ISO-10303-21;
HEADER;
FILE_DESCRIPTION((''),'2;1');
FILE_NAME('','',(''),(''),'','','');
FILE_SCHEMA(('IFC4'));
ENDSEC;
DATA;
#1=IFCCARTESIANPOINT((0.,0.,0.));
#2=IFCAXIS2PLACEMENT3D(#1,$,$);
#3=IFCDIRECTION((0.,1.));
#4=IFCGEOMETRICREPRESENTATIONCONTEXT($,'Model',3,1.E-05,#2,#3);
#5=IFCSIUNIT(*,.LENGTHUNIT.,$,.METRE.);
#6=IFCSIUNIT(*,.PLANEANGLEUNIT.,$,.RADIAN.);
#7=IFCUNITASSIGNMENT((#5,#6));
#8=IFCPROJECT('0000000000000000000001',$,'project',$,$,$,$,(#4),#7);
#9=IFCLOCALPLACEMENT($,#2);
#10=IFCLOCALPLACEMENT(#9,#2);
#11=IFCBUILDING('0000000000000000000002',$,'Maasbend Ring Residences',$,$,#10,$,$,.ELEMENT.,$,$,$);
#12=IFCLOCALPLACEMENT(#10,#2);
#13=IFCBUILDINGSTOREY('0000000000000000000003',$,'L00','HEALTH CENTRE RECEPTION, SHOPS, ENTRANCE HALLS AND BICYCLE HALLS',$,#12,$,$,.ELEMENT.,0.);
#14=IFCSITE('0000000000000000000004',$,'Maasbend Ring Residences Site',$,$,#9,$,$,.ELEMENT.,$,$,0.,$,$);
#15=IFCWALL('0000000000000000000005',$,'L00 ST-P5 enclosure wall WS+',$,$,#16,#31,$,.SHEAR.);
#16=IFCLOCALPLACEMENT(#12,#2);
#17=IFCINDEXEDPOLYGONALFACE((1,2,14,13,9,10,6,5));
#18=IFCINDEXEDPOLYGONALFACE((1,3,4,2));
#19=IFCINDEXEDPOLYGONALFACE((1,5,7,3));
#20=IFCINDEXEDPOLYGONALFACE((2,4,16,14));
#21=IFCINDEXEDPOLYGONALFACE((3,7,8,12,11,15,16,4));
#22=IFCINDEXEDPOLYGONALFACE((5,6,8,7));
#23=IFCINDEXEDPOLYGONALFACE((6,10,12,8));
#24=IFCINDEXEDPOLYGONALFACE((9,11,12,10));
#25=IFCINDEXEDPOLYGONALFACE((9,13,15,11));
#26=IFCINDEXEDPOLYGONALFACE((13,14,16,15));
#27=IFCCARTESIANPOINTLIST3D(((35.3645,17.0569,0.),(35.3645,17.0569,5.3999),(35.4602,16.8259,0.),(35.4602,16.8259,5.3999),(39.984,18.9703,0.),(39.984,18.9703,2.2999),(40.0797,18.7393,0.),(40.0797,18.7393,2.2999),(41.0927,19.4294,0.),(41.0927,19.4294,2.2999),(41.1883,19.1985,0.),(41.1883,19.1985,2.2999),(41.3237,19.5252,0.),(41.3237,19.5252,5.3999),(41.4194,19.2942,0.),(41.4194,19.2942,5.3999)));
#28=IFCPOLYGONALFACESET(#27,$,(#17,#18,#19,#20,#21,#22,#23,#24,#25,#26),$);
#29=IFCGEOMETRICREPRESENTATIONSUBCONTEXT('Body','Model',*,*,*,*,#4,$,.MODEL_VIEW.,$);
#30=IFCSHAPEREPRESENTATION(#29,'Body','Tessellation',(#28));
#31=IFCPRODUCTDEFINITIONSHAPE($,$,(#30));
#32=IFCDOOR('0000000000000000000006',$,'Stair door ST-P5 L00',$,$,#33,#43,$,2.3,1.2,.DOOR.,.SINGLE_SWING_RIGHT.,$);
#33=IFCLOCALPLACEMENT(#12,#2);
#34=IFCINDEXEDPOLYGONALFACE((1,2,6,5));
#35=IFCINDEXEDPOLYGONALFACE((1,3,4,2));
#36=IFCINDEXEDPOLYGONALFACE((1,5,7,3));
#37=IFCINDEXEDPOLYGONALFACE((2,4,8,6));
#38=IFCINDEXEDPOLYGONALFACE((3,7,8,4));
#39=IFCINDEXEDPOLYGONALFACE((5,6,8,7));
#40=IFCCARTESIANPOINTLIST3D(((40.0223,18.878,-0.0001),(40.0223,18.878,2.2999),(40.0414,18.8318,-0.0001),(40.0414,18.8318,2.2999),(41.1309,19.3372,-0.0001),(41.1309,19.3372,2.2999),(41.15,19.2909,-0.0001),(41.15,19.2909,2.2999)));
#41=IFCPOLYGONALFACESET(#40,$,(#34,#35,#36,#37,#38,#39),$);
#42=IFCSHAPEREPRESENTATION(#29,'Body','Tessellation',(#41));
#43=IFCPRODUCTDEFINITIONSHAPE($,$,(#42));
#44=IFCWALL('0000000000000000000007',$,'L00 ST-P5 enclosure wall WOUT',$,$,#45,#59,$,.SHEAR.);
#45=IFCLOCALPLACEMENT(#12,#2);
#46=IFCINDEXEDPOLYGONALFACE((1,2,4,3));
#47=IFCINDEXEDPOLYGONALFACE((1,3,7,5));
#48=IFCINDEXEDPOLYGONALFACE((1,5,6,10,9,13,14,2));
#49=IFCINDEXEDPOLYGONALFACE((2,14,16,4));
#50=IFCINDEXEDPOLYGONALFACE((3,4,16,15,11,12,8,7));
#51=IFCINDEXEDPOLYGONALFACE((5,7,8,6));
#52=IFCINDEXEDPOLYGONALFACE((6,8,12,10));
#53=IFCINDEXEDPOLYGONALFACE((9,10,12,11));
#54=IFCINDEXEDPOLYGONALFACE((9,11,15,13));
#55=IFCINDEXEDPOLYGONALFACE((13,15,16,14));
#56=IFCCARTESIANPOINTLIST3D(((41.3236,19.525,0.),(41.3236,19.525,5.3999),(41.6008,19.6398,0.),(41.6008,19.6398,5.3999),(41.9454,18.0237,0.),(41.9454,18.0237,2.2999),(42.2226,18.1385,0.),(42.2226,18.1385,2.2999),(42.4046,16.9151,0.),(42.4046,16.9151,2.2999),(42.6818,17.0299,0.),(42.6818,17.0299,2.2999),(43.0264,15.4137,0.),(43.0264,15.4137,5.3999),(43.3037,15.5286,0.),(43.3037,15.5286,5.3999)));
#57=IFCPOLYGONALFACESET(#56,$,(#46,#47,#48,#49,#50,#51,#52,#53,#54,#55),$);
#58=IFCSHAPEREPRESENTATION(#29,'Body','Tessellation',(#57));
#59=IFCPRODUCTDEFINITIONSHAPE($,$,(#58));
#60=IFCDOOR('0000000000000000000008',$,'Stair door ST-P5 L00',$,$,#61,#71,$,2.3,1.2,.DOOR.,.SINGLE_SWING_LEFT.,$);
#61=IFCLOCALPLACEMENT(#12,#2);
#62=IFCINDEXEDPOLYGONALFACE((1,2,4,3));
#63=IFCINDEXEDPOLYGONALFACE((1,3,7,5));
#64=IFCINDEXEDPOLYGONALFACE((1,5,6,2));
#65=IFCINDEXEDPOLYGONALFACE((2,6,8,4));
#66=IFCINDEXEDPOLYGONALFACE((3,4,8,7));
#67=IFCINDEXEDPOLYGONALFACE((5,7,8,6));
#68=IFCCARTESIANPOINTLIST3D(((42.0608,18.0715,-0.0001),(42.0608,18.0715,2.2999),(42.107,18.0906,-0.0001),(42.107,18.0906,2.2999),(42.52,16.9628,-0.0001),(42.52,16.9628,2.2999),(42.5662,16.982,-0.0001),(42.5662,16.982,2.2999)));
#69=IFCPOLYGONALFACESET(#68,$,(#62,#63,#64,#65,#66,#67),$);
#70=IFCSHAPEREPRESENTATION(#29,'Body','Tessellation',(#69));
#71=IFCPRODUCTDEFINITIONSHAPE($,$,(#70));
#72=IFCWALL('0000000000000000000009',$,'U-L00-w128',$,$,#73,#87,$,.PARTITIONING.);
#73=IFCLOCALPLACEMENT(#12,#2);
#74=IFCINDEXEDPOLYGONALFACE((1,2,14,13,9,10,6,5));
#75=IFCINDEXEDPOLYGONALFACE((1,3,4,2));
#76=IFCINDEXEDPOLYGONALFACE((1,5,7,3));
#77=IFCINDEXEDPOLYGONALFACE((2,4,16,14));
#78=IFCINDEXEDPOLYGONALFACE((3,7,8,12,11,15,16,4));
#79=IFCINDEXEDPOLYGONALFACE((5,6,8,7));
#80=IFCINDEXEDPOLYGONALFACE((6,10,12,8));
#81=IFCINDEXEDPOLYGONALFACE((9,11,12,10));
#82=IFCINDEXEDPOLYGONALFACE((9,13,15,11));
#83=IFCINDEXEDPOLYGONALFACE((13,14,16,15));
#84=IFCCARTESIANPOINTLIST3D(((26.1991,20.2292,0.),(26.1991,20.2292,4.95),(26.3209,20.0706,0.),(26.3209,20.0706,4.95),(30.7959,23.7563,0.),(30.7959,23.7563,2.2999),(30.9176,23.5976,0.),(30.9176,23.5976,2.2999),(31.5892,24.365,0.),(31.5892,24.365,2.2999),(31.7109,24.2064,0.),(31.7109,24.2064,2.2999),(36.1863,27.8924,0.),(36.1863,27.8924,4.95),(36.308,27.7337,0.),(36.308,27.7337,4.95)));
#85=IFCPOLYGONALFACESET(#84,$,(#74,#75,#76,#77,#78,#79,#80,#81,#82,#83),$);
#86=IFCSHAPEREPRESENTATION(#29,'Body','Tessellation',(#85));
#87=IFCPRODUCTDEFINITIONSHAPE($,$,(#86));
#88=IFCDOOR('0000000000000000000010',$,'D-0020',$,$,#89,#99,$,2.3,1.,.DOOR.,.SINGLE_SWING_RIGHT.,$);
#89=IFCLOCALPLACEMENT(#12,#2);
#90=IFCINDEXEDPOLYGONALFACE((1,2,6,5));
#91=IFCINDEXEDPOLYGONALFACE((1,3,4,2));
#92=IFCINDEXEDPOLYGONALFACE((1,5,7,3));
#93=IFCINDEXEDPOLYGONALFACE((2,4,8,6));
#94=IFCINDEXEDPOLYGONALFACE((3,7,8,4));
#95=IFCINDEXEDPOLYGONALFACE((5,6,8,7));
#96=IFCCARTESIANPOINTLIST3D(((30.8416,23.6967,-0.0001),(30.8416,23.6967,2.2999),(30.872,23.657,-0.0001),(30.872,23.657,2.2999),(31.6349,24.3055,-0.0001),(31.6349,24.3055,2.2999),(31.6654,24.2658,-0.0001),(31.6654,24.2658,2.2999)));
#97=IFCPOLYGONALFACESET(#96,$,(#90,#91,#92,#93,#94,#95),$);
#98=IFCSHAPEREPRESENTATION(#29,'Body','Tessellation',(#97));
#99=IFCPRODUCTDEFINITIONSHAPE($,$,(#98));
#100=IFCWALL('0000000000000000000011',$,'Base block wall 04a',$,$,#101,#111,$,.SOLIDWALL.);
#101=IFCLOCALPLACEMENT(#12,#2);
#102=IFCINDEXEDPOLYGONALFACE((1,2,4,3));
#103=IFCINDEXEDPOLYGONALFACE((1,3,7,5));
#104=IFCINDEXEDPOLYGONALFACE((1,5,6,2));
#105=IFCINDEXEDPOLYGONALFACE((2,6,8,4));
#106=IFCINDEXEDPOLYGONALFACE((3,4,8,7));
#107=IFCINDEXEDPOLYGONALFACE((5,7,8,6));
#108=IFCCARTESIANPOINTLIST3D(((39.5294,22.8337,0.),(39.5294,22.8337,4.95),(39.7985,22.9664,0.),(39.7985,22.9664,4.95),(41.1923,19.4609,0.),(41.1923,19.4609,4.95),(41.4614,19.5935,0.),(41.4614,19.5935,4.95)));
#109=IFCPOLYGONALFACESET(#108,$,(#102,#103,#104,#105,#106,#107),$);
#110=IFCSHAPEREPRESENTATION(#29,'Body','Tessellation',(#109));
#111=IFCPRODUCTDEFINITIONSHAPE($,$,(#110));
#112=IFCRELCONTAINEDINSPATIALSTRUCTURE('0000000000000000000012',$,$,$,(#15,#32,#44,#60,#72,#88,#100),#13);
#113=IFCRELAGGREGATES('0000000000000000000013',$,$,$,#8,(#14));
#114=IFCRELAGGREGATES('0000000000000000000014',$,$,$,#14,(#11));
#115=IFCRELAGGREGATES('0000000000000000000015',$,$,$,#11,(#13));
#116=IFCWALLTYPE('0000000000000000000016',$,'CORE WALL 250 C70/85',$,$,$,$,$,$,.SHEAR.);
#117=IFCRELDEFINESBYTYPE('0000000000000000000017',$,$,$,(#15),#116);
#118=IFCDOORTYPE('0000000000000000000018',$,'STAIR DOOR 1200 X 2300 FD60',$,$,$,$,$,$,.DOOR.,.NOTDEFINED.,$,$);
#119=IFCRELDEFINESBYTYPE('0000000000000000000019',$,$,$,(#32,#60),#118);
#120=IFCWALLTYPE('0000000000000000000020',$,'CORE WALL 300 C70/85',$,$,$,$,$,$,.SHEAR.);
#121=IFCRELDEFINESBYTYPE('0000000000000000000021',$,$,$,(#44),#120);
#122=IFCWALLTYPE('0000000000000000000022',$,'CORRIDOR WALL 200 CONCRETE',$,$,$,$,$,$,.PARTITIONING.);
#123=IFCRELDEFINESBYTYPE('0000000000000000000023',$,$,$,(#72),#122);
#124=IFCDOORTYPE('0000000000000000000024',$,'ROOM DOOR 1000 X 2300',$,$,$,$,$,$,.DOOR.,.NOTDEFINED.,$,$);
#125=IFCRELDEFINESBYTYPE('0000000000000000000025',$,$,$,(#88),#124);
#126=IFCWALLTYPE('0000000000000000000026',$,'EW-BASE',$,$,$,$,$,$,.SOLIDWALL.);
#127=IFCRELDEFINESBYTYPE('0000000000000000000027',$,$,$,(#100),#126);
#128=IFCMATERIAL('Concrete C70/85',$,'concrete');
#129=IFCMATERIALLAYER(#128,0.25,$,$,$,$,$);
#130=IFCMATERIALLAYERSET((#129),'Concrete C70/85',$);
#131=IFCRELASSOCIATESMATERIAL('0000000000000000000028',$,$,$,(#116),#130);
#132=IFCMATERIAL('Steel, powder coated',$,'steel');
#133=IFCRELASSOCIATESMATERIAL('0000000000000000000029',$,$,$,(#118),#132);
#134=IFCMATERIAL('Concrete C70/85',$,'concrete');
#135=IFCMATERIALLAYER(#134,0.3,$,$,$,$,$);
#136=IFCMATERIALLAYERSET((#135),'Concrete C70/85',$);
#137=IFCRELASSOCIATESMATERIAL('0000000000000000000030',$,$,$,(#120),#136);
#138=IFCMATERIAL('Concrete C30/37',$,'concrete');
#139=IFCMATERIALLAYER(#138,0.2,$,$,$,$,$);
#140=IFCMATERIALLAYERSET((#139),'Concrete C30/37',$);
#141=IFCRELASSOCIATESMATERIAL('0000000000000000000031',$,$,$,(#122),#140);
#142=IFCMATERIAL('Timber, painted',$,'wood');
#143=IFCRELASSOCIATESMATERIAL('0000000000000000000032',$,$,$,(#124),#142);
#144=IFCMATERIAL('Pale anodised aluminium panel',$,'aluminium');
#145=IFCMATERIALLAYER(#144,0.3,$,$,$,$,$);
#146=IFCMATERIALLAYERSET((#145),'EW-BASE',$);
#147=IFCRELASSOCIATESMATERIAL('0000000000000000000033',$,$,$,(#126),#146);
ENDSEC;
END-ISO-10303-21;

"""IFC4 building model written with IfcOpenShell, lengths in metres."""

from ifc_helpers import new_model, si_unit, direction, frame, frame_2d, origin, place, context, subcontext, project, spatial, rectangle, extrude, material, layer, layer_set, type_object, element, fill, save


model = new_model("IFC4")

# Units and contexts
model_context = context("Model", 3, precision=1e-05, world=origin(), true_north=direction((0.0, 1.0)))
body_context = subcontext(model_context, "Body", "Model", "MODEL_VIEW")
ifc_project = project(units=[si_unit("LENGTHUNIT", "METRE"), si_unit("PLANEANGLEUNIT", "RADIAN")], contexts=[model_context])

# Site, building, storey
site_placement = place(None, origin())
site = spatial("IfcSite", under=ifc_project, at=site_placement, Name="Maasbend Ring Residences Site", CompositionType="ELEMENT", RefElevation=0.0)
building_placement = place(site_placement, origin())
building = spatial("IfcBuilding", under=site, at=building_placement, Name="Maasbend Ring Residences", CompositionType="ELEMENT")
storey_placement = place(building_placement, origin())
storey = spatial("IfcBuildingStorey", under=building, at=storey_placement, Name="L00", Description="HEALTH CENTRE RECEPTION, SHOPS, ENTRANCE HALLS AND BICYCLE HALLS", CompositionType="ELEMENT", Elevation=0.0)

# Walls, openings, doors
ifc_material_1 = material(Name="Concrete C70/85", Category="concrete")
ifc_layer_1 = layer(ifc_material_1, 0.25)
ifc_layer_set_1 = layer_set([ifc_layer_1], Name="Concrete C70/85")
wall_type_1 = type_object("IfcWallType", Name="CORE WALL 250 C70/85", PredefinedType="SHEAR", material=ifc_layer_set_1)
wall_1_placement = place(storey_placement, frame((41.3716, 19.4097, 0.0), z_axis=(0.0, 0.0, 1.0), x_axis=(-0.923887, -0.382666, 0.0)))
wall_1 = element("IfcWall", 1, at=wall_1_placement, inside=storey, type_object=wall_type_1, Name="L00 ST-P5 enclosure wall WS+", PredefinedType="SHEAR", context=body_context, shape_type="SweptSolid", body=[
    extrude(rectangle(XDim=6.4502, YDim=0.25, at=frame_2d((3.2251, 0.0))), origin(), (0.0, 0.0, 1.0), 5.3999),
])
opening_1_placement = place(wall_1_placement, frame((0.25, 0.0, 0.0)))
opening_1 = element("IfcOpeningElement", 2, at=opening_1_placement, cuts=wall_1, PredefinedType="OPENING", context=body_context, shape_type="SweptSolid", body=[
    extrude(rectangle(XDim=1.2, YDim=2.3, at=frame_2d((0.6001, 1.1499))), frame((0.0, 0.135, 0.0), z_axis=(0.0, -1.0, 0.0), x_axis=(1.0, 0.0, 0.0)), (0.0, 0.0, 1.0), 0.27),
])
ifc_material_2 = material(Name="Steel, powder coated", Category="steel")
door_type_1 = type_object("IfcDoorType", Name="STAIR DOOR 1200 X 2300 FD60", OperationType="NOTDEFINED", PredefinedType="DOOR", material=ifc_material_2)
door_1_placement = place(opening_1_placement, origin())
door_1 = element("IfcDoor", 3, at=door_1_placement, inside=storey, type_object=door_type_1, Name="Stair door ST-P5 L00", OperationType="SINGLE_SWING_RIGHT", OverallHeight=2.3, OverallWidth=1.2, PredefinedType="DOOR", context=body_context, shape_type="SweptSolid", body=[
    extrude(rectangle(XDim=1.2, YDim=2.3, at=frame_2d((0.6001, 1.1499))), frame((0.0, 0.0249, 0.0), z_axis=(0.0, -1.0, 0.0), x_axis=(1.0, 0.0, 0.0)), (0.0, 0.0, 1.0), 0.05),
])
fill(opening_1, door_1)
ifc_material_3 = material(Name="Concrete C70/85", Category="concrete")
ifc_layer_2 = layer(ifc_material_3, 0.3)
ifc_layer_set_2 = layer_set([ifc_layer_2], Name="Concrete C70/85")
wall_type_2 = type_object("IfcWallType", Name="CORE WALL 300 C70/85", PredefinedType="SHEAR", material=ifc_layer_set_2)
wall_2_placement = place(storey_placement, frame((41.4622, 19.5825, 0.0), z_axis=(0.0, 0.0, 1.0), x_axis=(0.382667, -0.923886, 0.0)))
wall_2 = element("IfcWall", 4, at=wall_2_placement, inside=storey, type_object=wall_type_2, Name="L00 ST-P5 enclosure wall WOUT", PredefinedType="SHEAR", context=body_context, shape_type="SweptSolid", body=[
    extrude(rectangle(XDim=4.45, YDim=0.3, at=frame_2d((2.2251, 0.0))), origin(), (0.0, 0.0, 1.0), 5.3999),
])
opening_2_placement = place(wall_2_placement, frame((1.625, 0.0, 0.0)))
opening_2 = element("IfcOpeningElement", 5, at=opening_2_placement, cuts=wall_2, PredefinedType="OPENING", context=body_context, shape_type="SweptSolid", body=[
    extrude(rectangle(XDim=1.2, YDim=2.3, at=frame_2d((0.6001, 1.1499))), frame((0.0, 0.1602, 0.0), z_axis=(0.0, -1.0, 0.0), x_axis=(1.0, 0.0, 0.0)), (0.0, 0.0, 1.0), 0.3201),
])
door_2_placement = place(opening_2_placement, origin())
door_2 = element("IfcDoor", 6, at=door_2_placement, inside=storey, type_object=door_type_1, Name="Stair door ST-P5 L00", OperationType="SINGLE_SWING_LEFT", OverallHeight=2.3, OverallWidth=1.2, PredefinedType="DOOR", context=body_context, shape_type="SweptSolid", body=[
    extrude(rectangle(XDim=1.2, YDim=2.3, at=frame_2d((0.6001, 1.1499))), frame((0.0, 0.0249, 0.0), z_axis=(0.0, -1.0, 0.0), x_axis=(1.0, 0.0, 0.0)), (0.0, 0.0, 1.0), 0.05),
])
fill(opening_2, door_2)
ifc_material_4 = material(Name="Concrete C30/37", Category="concrete")
ifc_layer_3 = layer(ifc_material_4, 0.2)
ifc_layer_set_3 = layer_set([ifc_layer_3], Name="Concrete C30/37")
wall_type_3 = type_object("IfcWallType", Name="CORRIDOR WALL 200 CONCRETE", PredefinedType="PARTITIONING", material=ifc_layer_set_3)
wall_3_placement = place(storey_placement, frame((26.26, 20.1499, 0.0), z_axis=(0.0, 0.0, 1.0), x_axis=(0.793363, 0.608749, 0.0)))
wall_3 = element("IfcWall", 7, at=wall_3_placement, inside=storey, type_object=wall_type_3, Name="U-L00-w128", PredefinedType="PARTITIONING", context=body_context, shape_type="SweptSolid", body=[
    extrude(rectangle(XDim=12.5884, YDim=0.2, at=frame_2d((6.2942, 0.0))), origin(), (0.0, 0.0, 1.0), 4.95),
])
opening_3_placement = place(wall_3_placement, frame((5.7939, 0.0, 0.0)))
opening_3 = element("IfcOpeningElement", 8, at=opening_3_placement, cuts=wall_3, PredefinedType="OPENING", context=body_context, shape_type="SweptSolid", body=[
    extrude(rectangle(XDim=1.0, YDim=2.3, at=frame_2d((0.5, 1.1499))), frame((0.0, 0.1099, 0.0), z_axis=(0.0, -1.0, 0.0), x_axis=(1.0, 0.0, 0.0)), (0.0, 0.0, 1.0), 0.22),
])
ifc_material_5 = material(Name="Timber, painted", Category="wood")
door_type_2 = type_object("IfcDoorType", Name="ROOM DOOR 1000 X 2300", OperationType="NOTDEFINED", PredefinedType="DOOR", material=ifc_material_5)
door_3_placement = place(opening_3_placement, origin())
door_3 = element("IfcDoor", 9, at=door_3_placement, inside=storey, type_object=door_type_2, Name="D-0020", OperationType="SINGLE_SWING_RIGHT", OverallHeight=2.3, OverallWidth=1.0, PredefinedType="DOOR", context=body_context, shape_type="SweptSolid", body=[
    extrude(rectangle(XDim=1.0, YDim=2.3, at=frame_2d((0.5, 1.1499))), frame((0.0, 0.0249, 0.0), z_axis=(0.0, -1.0, 0.0), x_axis=(1.0, 0.0, 0.0)), (0.0, 0.0, 1.0), 0.05),
])
fill(opening_3, door_3)

# Wall
ifc_material_6 = material(Name="Pale anodised aluminium panel", Category="aluminium")
ifc_layer_4 = layer(ifc_material_6, 0.3)
ifc_layer_set_4 = layer_set([ifc_layer_4], Name="EW-BASE")
wall_type_4 = type_object("IfcWallType", Name="EW-BASE", PredefinedType="SOLIDWALL", material=ifc_layer_set_4)
wall_4_placement = place(storey_placement, frame((41.3269, 19.5271, 0.0), z_axis=(0.0, 0.0, 1.0), x_axis=(-0.442194, 0.896919, 0.0)))
element("IfcWall", 10, at=wall_4_placement, inside=storey, type_object=wall_type_4, Name="Base block wall 04a", PredefinedType="SOLIDWALL", context=body_context, shape_type="SweptSolid", body=[
    extrude(rectangle(XDim=3.7605, YDim=0.3, at=frame_2d((1.8804, 0.0))), origin(), (0.0, 0.0, 1.0), 4.95),
])

save(model, "model.ifc")
